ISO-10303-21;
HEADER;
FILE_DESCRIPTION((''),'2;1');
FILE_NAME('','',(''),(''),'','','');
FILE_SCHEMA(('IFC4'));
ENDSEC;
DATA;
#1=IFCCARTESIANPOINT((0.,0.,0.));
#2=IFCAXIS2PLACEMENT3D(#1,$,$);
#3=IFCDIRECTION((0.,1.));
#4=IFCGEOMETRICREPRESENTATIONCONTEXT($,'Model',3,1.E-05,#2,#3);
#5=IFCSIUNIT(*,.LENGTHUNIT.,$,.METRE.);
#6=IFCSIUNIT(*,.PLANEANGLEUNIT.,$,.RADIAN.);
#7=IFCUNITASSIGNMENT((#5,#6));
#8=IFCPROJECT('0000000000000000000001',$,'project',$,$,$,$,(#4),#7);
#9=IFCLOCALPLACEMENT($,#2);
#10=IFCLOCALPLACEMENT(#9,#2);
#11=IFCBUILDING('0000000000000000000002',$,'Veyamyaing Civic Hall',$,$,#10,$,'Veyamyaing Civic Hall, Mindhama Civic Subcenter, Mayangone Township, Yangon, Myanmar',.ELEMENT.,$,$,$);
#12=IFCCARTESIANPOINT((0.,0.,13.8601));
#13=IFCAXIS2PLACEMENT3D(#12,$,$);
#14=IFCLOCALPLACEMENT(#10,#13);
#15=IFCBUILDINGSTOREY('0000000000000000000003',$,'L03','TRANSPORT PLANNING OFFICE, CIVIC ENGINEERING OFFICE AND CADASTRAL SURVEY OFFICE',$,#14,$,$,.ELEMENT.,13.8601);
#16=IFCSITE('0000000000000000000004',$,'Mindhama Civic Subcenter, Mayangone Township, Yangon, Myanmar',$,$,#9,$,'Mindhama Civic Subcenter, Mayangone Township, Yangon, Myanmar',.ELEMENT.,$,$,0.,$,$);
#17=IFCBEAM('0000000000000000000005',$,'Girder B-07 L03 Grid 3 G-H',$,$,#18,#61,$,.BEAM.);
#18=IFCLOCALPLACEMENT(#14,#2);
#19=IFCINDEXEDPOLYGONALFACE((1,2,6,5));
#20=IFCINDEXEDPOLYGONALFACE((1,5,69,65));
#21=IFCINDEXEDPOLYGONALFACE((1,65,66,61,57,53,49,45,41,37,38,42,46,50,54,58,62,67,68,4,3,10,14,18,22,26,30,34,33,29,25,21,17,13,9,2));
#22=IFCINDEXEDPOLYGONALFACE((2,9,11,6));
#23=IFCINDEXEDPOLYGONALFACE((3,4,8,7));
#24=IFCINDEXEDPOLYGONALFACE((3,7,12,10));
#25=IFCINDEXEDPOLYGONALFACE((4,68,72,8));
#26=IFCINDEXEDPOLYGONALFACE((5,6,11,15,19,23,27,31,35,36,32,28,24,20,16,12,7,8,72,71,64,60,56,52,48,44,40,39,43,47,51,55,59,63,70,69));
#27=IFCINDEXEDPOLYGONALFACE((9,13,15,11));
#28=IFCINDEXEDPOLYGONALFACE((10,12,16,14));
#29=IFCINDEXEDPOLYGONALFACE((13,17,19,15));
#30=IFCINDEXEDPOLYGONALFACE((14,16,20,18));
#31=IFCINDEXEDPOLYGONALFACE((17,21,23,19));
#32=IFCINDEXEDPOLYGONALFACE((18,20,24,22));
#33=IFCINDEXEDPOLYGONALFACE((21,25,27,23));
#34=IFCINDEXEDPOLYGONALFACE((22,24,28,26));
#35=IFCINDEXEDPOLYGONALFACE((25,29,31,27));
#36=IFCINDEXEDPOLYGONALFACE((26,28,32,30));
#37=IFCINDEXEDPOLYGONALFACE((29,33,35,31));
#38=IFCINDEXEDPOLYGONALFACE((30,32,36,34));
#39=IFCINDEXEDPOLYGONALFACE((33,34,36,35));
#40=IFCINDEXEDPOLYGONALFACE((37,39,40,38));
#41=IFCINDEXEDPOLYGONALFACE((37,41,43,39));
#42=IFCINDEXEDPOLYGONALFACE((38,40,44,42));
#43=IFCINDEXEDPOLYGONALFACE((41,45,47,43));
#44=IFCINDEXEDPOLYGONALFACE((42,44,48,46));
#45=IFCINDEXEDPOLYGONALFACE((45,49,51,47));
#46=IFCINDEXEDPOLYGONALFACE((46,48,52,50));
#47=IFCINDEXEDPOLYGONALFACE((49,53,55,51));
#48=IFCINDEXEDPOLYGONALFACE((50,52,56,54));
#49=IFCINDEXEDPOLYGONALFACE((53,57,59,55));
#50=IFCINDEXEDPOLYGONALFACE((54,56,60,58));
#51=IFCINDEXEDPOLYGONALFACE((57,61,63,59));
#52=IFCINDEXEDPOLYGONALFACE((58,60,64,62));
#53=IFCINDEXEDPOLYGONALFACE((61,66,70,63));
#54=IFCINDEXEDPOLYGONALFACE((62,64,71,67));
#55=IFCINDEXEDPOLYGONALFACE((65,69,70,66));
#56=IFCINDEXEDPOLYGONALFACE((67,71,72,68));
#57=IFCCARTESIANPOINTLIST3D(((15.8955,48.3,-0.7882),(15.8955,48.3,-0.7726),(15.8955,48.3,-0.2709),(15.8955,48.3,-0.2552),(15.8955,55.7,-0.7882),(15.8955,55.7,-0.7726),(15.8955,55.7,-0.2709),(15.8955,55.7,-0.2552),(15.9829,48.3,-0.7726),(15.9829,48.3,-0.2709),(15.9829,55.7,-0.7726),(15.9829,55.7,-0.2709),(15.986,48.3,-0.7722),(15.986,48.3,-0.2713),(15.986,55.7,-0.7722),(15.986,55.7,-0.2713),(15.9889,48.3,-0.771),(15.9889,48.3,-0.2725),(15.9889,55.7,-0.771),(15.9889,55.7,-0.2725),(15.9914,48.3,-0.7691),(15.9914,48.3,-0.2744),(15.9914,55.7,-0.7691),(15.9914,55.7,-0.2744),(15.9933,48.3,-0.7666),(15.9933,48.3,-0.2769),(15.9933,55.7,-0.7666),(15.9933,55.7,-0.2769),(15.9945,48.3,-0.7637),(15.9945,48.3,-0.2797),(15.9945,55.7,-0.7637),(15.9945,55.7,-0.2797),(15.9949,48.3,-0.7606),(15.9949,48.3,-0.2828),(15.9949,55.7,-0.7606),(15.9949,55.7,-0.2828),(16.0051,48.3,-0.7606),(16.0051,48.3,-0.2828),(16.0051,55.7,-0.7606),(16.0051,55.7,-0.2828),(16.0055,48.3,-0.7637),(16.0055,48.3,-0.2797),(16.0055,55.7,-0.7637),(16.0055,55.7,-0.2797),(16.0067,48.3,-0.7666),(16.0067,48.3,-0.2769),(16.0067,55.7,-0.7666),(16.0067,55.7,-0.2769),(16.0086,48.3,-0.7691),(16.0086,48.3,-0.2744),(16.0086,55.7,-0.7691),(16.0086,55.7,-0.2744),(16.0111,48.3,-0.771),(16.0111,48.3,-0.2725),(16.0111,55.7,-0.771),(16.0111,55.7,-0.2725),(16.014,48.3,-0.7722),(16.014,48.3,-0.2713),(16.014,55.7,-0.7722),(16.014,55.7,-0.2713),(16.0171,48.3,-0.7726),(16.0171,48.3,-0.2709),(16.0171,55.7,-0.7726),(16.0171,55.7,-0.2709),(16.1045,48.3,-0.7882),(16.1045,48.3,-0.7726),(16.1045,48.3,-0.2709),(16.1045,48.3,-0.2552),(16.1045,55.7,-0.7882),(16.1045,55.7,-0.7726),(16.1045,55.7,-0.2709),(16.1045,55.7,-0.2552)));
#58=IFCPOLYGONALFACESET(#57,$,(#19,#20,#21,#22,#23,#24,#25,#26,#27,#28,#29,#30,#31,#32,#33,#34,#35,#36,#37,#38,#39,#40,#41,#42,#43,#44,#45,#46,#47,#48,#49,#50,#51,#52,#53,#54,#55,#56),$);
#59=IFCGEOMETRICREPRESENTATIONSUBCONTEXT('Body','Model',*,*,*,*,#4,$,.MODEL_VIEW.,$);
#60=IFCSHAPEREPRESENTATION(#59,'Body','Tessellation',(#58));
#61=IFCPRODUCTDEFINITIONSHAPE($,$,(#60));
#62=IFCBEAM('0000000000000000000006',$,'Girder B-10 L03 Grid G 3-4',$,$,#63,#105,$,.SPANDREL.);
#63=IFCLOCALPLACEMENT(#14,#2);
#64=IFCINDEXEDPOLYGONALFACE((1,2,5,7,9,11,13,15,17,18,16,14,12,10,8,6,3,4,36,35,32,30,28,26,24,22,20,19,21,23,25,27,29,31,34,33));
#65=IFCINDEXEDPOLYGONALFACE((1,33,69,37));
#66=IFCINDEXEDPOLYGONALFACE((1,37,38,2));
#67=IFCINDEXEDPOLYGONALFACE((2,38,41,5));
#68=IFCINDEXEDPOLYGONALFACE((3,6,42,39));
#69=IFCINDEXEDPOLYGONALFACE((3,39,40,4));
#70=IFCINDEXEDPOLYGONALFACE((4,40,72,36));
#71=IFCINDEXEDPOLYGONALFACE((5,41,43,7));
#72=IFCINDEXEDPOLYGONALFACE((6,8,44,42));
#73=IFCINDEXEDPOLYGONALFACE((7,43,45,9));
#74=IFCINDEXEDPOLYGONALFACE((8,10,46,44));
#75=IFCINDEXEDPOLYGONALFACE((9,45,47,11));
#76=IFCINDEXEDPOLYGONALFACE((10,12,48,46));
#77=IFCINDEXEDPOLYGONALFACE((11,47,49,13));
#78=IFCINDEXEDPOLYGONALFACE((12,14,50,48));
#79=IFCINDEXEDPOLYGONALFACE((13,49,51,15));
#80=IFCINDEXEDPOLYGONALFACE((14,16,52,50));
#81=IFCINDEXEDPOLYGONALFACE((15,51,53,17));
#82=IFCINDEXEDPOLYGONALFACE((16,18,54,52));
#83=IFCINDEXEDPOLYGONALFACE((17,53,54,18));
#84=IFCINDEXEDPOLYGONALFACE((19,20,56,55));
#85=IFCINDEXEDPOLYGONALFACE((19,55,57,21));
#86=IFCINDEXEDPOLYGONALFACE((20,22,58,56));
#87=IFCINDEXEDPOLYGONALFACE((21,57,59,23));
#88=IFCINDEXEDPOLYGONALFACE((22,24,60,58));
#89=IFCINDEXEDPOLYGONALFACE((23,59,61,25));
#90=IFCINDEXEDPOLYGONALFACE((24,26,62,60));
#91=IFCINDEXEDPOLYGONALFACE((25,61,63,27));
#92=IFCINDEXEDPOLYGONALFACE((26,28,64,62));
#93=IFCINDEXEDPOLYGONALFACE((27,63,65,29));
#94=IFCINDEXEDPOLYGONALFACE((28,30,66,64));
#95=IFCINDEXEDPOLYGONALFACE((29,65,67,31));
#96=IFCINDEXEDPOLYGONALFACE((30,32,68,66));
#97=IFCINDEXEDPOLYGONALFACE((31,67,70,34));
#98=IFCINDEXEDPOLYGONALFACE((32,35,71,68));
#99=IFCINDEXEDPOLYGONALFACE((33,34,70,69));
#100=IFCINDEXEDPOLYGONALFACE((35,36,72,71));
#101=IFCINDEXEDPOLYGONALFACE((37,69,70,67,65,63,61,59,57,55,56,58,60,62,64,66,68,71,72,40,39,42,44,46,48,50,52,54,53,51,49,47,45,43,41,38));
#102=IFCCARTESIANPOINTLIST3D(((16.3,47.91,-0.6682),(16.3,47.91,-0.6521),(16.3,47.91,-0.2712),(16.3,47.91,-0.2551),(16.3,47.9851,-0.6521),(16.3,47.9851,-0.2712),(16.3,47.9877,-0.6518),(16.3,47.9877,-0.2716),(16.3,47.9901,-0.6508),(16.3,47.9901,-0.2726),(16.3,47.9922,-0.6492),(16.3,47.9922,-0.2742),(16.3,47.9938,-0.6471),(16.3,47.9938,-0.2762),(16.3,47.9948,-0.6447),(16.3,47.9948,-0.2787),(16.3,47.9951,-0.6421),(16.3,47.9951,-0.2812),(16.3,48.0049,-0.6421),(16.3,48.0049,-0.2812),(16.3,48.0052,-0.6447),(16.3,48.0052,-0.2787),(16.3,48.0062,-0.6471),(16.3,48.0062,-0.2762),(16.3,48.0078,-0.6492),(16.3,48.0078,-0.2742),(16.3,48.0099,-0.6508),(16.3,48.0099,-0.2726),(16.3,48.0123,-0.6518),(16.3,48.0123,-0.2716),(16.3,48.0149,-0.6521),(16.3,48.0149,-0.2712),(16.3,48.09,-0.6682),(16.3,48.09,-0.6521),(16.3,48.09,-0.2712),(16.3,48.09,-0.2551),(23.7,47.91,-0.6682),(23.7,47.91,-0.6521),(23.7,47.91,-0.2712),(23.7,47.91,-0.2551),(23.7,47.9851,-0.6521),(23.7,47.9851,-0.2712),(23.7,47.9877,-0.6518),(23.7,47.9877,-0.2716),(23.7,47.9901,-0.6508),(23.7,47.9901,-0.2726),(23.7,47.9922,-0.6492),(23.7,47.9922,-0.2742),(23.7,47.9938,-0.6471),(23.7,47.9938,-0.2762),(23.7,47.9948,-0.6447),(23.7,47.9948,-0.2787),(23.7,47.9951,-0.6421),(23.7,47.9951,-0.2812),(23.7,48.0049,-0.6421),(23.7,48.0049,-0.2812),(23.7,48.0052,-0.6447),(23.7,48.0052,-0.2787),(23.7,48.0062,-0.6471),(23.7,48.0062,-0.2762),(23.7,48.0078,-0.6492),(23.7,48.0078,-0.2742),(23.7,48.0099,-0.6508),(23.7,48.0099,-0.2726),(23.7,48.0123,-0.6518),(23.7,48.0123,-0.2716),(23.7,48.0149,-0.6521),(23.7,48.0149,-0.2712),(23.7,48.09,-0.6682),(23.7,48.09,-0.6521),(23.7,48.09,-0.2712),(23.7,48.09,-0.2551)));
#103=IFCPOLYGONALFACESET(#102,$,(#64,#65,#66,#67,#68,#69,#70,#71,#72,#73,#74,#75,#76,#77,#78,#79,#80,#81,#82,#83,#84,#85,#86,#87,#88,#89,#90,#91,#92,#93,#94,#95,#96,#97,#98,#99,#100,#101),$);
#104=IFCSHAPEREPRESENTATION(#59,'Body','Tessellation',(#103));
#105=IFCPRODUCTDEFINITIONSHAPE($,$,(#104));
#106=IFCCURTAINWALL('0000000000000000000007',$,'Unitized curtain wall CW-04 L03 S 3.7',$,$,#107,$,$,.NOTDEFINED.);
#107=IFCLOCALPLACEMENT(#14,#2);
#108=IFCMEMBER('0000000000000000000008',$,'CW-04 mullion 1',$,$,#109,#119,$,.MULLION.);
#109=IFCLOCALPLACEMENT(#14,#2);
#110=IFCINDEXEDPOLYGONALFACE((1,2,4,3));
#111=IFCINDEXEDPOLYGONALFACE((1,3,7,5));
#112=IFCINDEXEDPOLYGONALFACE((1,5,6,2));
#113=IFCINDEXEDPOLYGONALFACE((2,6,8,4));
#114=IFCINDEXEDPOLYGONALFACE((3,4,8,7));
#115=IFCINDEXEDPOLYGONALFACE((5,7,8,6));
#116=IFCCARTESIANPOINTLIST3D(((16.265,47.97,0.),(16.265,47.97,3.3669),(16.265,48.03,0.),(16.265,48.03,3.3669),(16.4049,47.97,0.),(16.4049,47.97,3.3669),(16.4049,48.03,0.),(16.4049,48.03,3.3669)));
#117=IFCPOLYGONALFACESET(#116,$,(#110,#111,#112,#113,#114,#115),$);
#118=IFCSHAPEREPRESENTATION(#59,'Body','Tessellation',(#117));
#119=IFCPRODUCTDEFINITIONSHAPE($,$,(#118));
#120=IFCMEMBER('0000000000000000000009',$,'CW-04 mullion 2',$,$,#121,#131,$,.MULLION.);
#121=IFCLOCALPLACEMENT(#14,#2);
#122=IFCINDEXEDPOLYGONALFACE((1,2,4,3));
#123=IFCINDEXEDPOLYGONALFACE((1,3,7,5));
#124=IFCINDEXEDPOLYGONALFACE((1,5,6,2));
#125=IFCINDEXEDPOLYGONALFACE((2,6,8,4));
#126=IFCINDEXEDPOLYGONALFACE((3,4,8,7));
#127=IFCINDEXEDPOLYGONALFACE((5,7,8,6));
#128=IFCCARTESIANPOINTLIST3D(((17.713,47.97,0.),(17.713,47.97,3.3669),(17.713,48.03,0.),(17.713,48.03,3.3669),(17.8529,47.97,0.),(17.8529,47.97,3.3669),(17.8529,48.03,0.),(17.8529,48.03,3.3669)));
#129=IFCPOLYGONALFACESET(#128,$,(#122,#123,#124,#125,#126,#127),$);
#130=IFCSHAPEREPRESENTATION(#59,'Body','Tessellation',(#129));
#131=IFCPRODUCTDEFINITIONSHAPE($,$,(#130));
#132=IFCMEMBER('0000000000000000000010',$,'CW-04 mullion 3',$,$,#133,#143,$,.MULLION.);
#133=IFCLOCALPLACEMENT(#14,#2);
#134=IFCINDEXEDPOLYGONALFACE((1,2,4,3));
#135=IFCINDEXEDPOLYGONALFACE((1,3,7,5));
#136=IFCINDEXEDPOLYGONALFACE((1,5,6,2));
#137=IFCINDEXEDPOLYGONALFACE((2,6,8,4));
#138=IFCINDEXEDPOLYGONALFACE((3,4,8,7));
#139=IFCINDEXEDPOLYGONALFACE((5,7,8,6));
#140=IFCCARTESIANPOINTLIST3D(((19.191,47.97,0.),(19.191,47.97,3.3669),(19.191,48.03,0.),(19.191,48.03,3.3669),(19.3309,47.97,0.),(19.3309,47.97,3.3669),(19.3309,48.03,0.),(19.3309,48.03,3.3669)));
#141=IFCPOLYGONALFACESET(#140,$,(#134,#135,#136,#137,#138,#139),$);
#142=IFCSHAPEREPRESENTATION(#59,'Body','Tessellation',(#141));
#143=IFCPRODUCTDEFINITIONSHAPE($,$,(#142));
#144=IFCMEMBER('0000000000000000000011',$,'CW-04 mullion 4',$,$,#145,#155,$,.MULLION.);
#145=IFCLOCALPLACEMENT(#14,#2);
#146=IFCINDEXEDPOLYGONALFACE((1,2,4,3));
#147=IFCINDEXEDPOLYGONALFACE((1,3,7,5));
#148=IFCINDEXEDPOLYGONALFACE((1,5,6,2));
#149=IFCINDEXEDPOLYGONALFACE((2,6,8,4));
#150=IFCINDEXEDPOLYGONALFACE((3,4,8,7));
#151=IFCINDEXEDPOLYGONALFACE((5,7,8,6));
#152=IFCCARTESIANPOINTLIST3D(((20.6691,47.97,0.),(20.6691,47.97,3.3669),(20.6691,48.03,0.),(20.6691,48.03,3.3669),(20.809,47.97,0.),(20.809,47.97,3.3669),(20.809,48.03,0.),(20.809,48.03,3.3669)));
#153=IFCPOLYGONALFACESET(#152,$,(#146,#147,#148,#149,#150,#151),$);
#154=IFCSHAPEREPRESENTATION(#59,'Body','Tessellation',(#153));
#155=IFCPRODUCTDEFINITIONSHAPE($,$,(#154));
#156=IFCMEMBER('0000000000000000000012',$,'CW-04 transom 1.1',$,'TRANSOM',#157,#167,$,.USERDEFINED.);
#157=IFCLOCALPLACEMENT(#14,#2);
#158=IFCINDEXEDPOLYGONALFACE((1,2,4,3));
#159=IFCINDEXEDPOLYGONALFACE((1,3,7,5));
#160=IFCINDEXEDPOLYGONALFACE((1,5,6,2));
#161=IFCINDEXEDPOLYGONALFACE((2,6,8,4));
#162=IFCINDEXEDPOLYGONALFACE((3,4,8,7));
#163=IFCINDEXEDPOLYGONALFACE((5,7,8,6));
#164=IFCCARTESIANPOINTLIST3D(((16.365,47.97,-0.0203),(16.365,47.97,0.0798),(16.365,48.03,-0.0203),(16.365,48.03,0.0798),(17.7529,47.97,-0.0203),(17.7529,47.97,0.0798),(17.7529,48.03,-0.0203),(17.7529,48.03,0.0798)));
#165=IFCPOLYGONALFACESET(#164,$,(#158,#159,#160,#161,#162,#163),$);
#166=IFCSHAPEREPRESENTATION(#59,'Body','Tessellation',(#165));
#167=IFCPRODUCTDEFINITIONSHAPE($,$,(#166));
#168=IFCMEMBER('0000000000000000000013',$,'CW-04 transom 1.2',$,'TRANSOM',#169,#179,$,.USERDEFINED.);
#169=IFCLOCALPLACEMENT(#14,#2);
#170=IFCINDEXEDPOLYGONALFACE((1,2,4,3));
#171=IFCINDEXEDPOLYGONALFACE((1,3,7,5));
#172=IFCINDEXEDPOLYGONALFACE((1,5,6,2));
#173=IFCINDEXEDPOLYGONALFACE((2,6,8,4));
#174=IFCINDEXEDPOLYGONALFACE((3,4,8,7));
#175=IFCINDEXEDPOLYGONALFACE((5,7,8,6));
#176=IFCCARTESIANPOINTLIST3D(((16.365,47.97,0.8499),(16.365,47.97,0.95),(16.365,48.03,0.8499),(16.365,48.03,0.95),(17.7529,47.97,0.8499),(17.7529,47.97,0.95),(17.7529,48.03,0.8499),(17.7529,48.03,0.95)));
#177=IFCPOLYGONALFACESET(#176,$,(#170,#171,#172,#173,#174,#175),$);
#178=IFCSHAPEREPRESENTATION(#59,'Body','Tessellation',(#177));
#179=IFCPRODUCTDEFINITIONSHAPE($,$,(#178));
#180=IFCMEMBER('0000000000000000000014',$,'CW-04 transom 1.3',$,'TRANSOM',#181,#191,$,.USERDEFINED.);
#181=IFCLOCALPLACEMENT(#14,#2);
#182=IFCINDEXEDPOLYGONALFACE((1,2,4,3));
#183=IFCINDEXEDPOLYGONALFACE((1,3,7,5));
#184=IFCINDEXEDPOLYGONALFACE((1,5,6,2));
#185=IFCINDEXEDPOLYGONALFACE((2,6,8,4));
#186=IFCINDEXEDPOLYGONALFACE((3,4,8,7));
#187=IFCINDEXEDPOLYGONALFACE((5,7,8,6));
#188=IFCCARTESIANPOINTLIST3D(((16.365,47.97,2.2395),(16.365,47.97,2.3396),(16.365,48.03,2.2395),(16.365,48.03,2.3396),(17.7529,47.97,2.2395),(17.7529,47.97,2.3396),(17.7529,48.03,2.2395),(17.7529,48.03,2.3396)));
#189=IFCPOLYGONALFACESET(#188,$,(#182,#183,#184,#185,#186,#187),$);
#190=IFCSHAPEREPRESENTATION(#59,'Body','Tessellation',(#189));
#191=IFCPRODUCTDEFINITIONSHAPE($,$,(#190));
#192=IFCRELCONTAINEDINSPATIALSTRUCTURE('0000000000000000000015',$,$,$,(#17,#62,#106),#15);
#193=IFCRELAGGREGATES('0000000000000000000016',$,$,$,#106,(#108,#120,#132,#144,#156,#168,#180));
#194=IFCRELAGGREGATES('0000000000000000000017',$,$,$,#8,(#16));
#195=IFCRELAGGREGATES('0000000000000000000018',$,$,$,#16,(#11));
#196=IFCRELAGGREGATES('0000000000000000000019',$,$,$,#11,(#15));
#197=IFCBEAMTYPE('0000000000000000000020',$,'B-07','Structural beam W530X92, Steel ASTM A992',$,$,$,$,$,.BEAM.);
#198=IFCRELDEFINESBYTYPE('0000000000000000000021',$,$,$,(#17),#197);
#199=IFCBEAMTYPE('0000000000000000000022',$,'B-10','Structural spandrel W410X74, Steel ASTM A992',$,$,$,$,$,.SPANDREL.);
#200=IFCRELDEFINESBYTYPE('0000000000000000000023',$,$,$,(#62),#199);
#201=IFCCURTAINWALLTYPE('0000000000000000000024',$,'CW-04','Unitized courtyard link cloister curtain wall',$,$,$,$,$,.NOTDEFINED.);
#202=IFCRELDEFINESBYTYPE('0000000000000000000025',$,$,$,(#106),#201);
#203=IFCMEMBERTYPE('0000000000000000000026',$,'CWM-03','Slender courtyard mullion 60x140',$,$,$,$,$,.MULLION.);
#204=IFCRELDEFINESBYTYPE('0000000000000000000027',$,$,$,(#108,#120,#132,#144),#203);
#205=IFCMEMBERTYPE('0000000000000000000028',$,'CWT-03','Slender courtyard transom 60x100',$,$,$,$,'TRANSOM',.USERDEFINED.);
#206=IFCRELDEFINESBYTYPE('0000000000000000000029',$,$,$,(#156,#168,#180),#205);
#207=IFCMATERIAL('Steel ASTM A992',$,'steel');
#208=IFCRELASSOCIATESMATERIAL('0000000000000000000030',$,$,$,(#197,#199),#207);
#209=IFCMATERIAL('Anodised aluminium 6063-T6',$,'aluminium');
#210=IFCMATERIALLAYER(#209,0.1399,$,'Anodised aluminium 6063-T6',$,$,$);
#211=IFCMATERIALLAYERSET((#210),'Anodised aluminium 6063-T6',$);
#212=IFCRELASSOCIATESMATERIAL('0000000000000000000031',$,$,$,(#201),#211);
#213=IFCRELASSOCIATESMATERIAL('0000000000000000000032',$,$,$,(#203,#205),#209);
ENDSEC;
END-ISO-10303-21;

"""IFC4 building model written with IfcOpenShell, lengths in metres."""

from ifc_helpers import new_model, si_unit, direction, frame, origin, origin_2d, place, context, subcontext, project, spatial, rectangle, i_section, extrude, material, layer, layer_set, material_profile, profile_set, type_object, element, aggregate, save


model = new_model("IFC4")

# Units and contexts
model_context = context("Model", 3, precision=1e-05, world=origin(), true_north=direction((0.0, 1.0)))
body_context = subcontext(model_context, "Body", "Model", "MODEL_VIEW")
ifc_project = project(units=[si_unit("LENGTHUNIT", "METRE"), si_unit("PLANEANGLEUNIT", "RADIAN")], contexts=[model_context])

# Site, building, storey
site_placement = place(None, origin())
site = spatial("IfcSite", under=ifc_project, at=site_placement, Name="Mindhama Civic Subcenter, Mayangone Township, Yangon, Myanmar", LongName="Mindhama Civic Subcenter, Mayangone Township, Yangon, Myanmar", CompositionType="ELEMENT", RefElevation=0.0)
building_placement = place(site_placement, origin())
building = spatial("IfcBuilding", under=site, at=building_placement, Name="Veyamyaing Civic Hall", LongName="Veyamyaing Civic Hall, Mindhama Civic Subcenter, Mayangone Township, Yangon, Myanmar", CompositionType="ELEMENT")
storey_placement = place(building_placement, frame((0.0, 0.0, 13.8601)))
storey = spatial("IfcBuildingStorey", under=building, at=storey_placement, Name="L03", Description="TRANSPORT PLANNING OFFICE, CIVIC ENGINEERING OFFICE AND CADASTRAL SURVEY OFFICE", CompositionType="ELEMENT", Elevation=13.8601)

# Beams
ifc_material_1 = material(Name="Steel ASTM A992", Category="steel")
ifc_material_profile_1 = material_profile(ifc_material_1, i_section(OverallWidth=0.209, OverallDepth=0.533, WebThickness=0.0103, FlangeThickness=0.0156, FilletRadius=0.012, at=origin_2d()), Name="W530X92")
ifc_profile_set_1 = profile_set([ifc_material_profile_1], Name="Steel ASTM A992")
beam_type_1 = type_object("IfcBeamType", Name="B-07", Description="Structural beam W530X92, Steel ASTM A992", PredefinedType="BEAM", material=ifc_profile_set_1)
beam_1_placement = place(storey_placement, frame((16.0, 48.3, -0.5217), z_axis=(0.0, 1.0, 0.0), x_axis=(-1.0, 0.0, 0.0)))
element("IfcBeam", 1, at=beam_1_placement, inside=storey, type_object=beam_type_1, Name="Girder B-07 L03 Grid 3 G-H", PredefinedType="BEAM", context=body_context, shape_type="SweptSolid", body=[
    extrude(i_section(OverallWidth=0.209, OverallDepth=0.533, WebThickness=0.0103, FlangeThickness=0.0156, FilletRadius=0.012, at=origin_2d()), origin(), (0.0, 0.0, 1.0), 7.3999),
])
ifc_material_profile_2 = material_profile(ifc_material_1, i_section(OverallWidth=0.1799, OverallDepth=0.4131, WebThickness=0.0098, FlangeThickness=0.0161, FilletRadius=0.01, at=origin_2d()), Name="W410X74")
ifc_profile_set_2 = profile_set([ifc_material_profile_2], Name="Steel ASTM A992")
beam_type_2 = type_object("IfcBeamType", Name="B-10", Description="Structural spandrel W410X74, Steel ASTM A992", PredefinedType="SPANDREL", material=ifc_profile_set_2)
beam_2_placement = place(storey_placement, frame((16.3, 48.0, -0.4617), z_axis=(1.0, 0.0, 0.0), x_axis=(0.0, 1.0, 0.0)))
element("IfcBeam", 2, at=beam_2_placement, inside=storey, type_object=beam_type_2, Name="Girder B-10 L03 Grid G 3-4", PredefinedType="SPANDREL", context=body_context, shape_type="SweptSolid", body=[
    extrude(i_section(OverallWidth=0.1799, OverallDepth=0.4131, WebThickness=0.0098, FlangeThickness=0.0161, FilletRadius=0.01, at=origin_2d()), origin(), (0.0, 0.0, 1.0), 7.3999),
])

# Curtain wall, members
ifc_material_2 = material(Name="Anodised aluminium 6063-T6", Category="aluminium")
ifc_layer_1 = layer(ifc_material_2, 0.1399, Name="Anodised aluminium 6063-T6")
ifc_layer_set_1 = layer_set([ifc_layer_1], Name="Anodised aluminium 6063-T6")
curtain_wall_type = type_object("IfcCurtainWallType", Name="CW-04", Description="Unitized courtyard link cloister curtain wall", PredefinedType="NOTDEFINED", material=ifc_layer_set_1)
curtain_wall_placement = place(storey_placement, origin())
curtain_wall = element("IfcCurtainWall", 3, at=curtain_wall_placement, inside=storey, type_object=curtain_wall_type, Name="Unitized curtain wall CW-04 L03 S 3.7", PredefinedType="NOTDEFINED")
ifc_material_profile_3 = material_profile(ifc_material_2, rectangle(XDim=0.0601, YDim=0.1399, at=origin_2d()), Name="ALU-MUL-60X140")
ifc_profile_set_3 = profile_set([ifc_material_profile_3], Name="Anodised aluminium 6063-T6")
member_type_1 = type_object("IfcMemberType", Name="CWM-03", Description="Slender courtyard mullion 60x140", PredefinedType="MULLION", material=ifc_profile_set_3)
member_1_placement = place(storey_placement, frame((16.335, 48.0, 0.0), z_axis=(0.0, 0.0, 1.0), x_axis=(0.0, 1.0, 0.0)))
member_1 = element("IfcMember", 4, at=member_1_placement, type_object=member_type_1, Name="CW-04 mullion 1", PredefinedType="MULLION", context=body_context, shape_type="SweptSolid", body=[
    extrude(rectangle(XDim=0.0601, YDim=0.1399, at=origin_2d()), origin(), (0.0, 0.0, 1.0), 3.3669),
])
member_2_placement = place(storey_placement, frame((17.783, 48.0, 0.0), z_axis=(0.0, 0.0, 1.0), x_axis=(0.0, 1.0, 0.0)))
member_2 = element("IfcMember", 5, at=member_2_placement, type_object=member_type_1, Name="CW-04 mullion 2", PredefinedType="MULLION", context=body_context, shape_type="SweptSolid", body=[
    extrude(rectangle(XDim=0.0601, YDim=0.1399, at=origin_2d()), origin(), (0.0, 0.0, 1.0), 3.3669),
])
member_3_placement = place(storey_placement, frame((19.261, 48.0, 0.0), z_axis=(0.0, 0.0, 1.0), x_axis=(0.0, 1.0, 0.0)))
member_3 = element("IfcMember", 6, at=member_3_placement, type_object=member_type_1, Name="CW-04 mullion 3", PredefinedType="MULLION", context=body_context, shape_type="SweptSolid", body=[
    extrude(rectangle(XDim=0.0601, YDim=0.1399, at=origin_2d()), origin(), (0.0, 0.0, 1.0), 3.3669),
])
member_4_placement = place(storey_placement, frame((20.739, 48.0, 0.0), z_axis=(0.0, 0.0, 1.0), x_axis=(0.0, 1.0, 0.0)))
member_4 = element("IfcMember", 7, at=member_4_placement, type_object=member_type_1, Name="CW-04 mullion 4", PredefinedType="MULLION", context=body_context, shape_type="SweptSolid", body=[
    extrude(rectangle(XDim=0.0601, YDim=0.1399, at=origin_2d()), origin(), (0.0, 0.0, 1.0), 3.3669),
])
ifc_material_profile_4 = material_profile(ifc_material_2, rectangle(XDim=0.0601, YDim=0.1001, at=origin_2d()), Name="ALU-TRN-60X100")
ifc_profile_set_4 = profile_set([ifc_material_profile_4], Name="Anodised aluminium 6063-T6")
member_type_2 = type_object("IfcMemberType", Name="CWT-03", Description="Slender courtyard transom 60x100", ElementType="TRANSOM", PredefinedType="USERDEFINED", material=ifc_profile_set_4)
member_5_placement = place(storey_placement, frame((16.365, 48.0, 0.0298), z_axis=(1.0, 0.0, 0.0), x_axis=(0.0, 1.0, 0.0)))
member_5 = element("IfcMember", 8, at=member_5_placement, type_object=member_type_2, Name="CW-04 transom 1.1", ObjectType="TRANSOM", PredefinedType="USERDEFINED", context=body_context, shape_type="SweptSolid", body=[
    extrude(rectangle(XDim=0.0601, YDim=0.1001, at=origin_2d()), origin(), (0.0, 0.0, 1.0), 1.3879),
])
member_6_placement = place(storey_placement, frame((16.365, 48.0, 0.8999), z_axis=(1.0, 0.0, 0.0), x_axis=(0.0, 1.0, 0.0)))
member_6 = element("IfcMember", 9, at=member_6_placement, type_object=member_type_2, Name="CW-04 transom 1.2", ObjectType="TRANSOM", PredefinedType="USERDEFINED", context=body_context, shape_type="SweptSolid", body=[
    extrude(rectangle(XDim=0.0601, YDim=0.1001, at=origin_2d()), origin(), (0.0, 0.0, 1.0), 1.3879),
])
member_7_placement = place(storey_placement, frame((16.365, 48.0, 2.2896), z_axis=(1.0, 0.0, 0.0), x_axis=(0.0, 1.0, 0.0)))
member_7 = element("IfcMember", 10, at=member_7_placement, type_object=member_type_2, Name="CW-04 transom 1.3", ObjectType="TRANSOM", PredefinedType="USERDEFINED", context=body_context, shape_type="SweptSolid", body=[
    extrude(rectangle(XDim=0.0601, YDim=0.1001, at=origin_2d()), origin(), (0.0, 0.0, 1.0), 1.3879),
])
aggregate(curtain_wall, [member_1, member_2, member_3, member_4, member_5, member_6, member_7])

save(model, "model.ifc")
